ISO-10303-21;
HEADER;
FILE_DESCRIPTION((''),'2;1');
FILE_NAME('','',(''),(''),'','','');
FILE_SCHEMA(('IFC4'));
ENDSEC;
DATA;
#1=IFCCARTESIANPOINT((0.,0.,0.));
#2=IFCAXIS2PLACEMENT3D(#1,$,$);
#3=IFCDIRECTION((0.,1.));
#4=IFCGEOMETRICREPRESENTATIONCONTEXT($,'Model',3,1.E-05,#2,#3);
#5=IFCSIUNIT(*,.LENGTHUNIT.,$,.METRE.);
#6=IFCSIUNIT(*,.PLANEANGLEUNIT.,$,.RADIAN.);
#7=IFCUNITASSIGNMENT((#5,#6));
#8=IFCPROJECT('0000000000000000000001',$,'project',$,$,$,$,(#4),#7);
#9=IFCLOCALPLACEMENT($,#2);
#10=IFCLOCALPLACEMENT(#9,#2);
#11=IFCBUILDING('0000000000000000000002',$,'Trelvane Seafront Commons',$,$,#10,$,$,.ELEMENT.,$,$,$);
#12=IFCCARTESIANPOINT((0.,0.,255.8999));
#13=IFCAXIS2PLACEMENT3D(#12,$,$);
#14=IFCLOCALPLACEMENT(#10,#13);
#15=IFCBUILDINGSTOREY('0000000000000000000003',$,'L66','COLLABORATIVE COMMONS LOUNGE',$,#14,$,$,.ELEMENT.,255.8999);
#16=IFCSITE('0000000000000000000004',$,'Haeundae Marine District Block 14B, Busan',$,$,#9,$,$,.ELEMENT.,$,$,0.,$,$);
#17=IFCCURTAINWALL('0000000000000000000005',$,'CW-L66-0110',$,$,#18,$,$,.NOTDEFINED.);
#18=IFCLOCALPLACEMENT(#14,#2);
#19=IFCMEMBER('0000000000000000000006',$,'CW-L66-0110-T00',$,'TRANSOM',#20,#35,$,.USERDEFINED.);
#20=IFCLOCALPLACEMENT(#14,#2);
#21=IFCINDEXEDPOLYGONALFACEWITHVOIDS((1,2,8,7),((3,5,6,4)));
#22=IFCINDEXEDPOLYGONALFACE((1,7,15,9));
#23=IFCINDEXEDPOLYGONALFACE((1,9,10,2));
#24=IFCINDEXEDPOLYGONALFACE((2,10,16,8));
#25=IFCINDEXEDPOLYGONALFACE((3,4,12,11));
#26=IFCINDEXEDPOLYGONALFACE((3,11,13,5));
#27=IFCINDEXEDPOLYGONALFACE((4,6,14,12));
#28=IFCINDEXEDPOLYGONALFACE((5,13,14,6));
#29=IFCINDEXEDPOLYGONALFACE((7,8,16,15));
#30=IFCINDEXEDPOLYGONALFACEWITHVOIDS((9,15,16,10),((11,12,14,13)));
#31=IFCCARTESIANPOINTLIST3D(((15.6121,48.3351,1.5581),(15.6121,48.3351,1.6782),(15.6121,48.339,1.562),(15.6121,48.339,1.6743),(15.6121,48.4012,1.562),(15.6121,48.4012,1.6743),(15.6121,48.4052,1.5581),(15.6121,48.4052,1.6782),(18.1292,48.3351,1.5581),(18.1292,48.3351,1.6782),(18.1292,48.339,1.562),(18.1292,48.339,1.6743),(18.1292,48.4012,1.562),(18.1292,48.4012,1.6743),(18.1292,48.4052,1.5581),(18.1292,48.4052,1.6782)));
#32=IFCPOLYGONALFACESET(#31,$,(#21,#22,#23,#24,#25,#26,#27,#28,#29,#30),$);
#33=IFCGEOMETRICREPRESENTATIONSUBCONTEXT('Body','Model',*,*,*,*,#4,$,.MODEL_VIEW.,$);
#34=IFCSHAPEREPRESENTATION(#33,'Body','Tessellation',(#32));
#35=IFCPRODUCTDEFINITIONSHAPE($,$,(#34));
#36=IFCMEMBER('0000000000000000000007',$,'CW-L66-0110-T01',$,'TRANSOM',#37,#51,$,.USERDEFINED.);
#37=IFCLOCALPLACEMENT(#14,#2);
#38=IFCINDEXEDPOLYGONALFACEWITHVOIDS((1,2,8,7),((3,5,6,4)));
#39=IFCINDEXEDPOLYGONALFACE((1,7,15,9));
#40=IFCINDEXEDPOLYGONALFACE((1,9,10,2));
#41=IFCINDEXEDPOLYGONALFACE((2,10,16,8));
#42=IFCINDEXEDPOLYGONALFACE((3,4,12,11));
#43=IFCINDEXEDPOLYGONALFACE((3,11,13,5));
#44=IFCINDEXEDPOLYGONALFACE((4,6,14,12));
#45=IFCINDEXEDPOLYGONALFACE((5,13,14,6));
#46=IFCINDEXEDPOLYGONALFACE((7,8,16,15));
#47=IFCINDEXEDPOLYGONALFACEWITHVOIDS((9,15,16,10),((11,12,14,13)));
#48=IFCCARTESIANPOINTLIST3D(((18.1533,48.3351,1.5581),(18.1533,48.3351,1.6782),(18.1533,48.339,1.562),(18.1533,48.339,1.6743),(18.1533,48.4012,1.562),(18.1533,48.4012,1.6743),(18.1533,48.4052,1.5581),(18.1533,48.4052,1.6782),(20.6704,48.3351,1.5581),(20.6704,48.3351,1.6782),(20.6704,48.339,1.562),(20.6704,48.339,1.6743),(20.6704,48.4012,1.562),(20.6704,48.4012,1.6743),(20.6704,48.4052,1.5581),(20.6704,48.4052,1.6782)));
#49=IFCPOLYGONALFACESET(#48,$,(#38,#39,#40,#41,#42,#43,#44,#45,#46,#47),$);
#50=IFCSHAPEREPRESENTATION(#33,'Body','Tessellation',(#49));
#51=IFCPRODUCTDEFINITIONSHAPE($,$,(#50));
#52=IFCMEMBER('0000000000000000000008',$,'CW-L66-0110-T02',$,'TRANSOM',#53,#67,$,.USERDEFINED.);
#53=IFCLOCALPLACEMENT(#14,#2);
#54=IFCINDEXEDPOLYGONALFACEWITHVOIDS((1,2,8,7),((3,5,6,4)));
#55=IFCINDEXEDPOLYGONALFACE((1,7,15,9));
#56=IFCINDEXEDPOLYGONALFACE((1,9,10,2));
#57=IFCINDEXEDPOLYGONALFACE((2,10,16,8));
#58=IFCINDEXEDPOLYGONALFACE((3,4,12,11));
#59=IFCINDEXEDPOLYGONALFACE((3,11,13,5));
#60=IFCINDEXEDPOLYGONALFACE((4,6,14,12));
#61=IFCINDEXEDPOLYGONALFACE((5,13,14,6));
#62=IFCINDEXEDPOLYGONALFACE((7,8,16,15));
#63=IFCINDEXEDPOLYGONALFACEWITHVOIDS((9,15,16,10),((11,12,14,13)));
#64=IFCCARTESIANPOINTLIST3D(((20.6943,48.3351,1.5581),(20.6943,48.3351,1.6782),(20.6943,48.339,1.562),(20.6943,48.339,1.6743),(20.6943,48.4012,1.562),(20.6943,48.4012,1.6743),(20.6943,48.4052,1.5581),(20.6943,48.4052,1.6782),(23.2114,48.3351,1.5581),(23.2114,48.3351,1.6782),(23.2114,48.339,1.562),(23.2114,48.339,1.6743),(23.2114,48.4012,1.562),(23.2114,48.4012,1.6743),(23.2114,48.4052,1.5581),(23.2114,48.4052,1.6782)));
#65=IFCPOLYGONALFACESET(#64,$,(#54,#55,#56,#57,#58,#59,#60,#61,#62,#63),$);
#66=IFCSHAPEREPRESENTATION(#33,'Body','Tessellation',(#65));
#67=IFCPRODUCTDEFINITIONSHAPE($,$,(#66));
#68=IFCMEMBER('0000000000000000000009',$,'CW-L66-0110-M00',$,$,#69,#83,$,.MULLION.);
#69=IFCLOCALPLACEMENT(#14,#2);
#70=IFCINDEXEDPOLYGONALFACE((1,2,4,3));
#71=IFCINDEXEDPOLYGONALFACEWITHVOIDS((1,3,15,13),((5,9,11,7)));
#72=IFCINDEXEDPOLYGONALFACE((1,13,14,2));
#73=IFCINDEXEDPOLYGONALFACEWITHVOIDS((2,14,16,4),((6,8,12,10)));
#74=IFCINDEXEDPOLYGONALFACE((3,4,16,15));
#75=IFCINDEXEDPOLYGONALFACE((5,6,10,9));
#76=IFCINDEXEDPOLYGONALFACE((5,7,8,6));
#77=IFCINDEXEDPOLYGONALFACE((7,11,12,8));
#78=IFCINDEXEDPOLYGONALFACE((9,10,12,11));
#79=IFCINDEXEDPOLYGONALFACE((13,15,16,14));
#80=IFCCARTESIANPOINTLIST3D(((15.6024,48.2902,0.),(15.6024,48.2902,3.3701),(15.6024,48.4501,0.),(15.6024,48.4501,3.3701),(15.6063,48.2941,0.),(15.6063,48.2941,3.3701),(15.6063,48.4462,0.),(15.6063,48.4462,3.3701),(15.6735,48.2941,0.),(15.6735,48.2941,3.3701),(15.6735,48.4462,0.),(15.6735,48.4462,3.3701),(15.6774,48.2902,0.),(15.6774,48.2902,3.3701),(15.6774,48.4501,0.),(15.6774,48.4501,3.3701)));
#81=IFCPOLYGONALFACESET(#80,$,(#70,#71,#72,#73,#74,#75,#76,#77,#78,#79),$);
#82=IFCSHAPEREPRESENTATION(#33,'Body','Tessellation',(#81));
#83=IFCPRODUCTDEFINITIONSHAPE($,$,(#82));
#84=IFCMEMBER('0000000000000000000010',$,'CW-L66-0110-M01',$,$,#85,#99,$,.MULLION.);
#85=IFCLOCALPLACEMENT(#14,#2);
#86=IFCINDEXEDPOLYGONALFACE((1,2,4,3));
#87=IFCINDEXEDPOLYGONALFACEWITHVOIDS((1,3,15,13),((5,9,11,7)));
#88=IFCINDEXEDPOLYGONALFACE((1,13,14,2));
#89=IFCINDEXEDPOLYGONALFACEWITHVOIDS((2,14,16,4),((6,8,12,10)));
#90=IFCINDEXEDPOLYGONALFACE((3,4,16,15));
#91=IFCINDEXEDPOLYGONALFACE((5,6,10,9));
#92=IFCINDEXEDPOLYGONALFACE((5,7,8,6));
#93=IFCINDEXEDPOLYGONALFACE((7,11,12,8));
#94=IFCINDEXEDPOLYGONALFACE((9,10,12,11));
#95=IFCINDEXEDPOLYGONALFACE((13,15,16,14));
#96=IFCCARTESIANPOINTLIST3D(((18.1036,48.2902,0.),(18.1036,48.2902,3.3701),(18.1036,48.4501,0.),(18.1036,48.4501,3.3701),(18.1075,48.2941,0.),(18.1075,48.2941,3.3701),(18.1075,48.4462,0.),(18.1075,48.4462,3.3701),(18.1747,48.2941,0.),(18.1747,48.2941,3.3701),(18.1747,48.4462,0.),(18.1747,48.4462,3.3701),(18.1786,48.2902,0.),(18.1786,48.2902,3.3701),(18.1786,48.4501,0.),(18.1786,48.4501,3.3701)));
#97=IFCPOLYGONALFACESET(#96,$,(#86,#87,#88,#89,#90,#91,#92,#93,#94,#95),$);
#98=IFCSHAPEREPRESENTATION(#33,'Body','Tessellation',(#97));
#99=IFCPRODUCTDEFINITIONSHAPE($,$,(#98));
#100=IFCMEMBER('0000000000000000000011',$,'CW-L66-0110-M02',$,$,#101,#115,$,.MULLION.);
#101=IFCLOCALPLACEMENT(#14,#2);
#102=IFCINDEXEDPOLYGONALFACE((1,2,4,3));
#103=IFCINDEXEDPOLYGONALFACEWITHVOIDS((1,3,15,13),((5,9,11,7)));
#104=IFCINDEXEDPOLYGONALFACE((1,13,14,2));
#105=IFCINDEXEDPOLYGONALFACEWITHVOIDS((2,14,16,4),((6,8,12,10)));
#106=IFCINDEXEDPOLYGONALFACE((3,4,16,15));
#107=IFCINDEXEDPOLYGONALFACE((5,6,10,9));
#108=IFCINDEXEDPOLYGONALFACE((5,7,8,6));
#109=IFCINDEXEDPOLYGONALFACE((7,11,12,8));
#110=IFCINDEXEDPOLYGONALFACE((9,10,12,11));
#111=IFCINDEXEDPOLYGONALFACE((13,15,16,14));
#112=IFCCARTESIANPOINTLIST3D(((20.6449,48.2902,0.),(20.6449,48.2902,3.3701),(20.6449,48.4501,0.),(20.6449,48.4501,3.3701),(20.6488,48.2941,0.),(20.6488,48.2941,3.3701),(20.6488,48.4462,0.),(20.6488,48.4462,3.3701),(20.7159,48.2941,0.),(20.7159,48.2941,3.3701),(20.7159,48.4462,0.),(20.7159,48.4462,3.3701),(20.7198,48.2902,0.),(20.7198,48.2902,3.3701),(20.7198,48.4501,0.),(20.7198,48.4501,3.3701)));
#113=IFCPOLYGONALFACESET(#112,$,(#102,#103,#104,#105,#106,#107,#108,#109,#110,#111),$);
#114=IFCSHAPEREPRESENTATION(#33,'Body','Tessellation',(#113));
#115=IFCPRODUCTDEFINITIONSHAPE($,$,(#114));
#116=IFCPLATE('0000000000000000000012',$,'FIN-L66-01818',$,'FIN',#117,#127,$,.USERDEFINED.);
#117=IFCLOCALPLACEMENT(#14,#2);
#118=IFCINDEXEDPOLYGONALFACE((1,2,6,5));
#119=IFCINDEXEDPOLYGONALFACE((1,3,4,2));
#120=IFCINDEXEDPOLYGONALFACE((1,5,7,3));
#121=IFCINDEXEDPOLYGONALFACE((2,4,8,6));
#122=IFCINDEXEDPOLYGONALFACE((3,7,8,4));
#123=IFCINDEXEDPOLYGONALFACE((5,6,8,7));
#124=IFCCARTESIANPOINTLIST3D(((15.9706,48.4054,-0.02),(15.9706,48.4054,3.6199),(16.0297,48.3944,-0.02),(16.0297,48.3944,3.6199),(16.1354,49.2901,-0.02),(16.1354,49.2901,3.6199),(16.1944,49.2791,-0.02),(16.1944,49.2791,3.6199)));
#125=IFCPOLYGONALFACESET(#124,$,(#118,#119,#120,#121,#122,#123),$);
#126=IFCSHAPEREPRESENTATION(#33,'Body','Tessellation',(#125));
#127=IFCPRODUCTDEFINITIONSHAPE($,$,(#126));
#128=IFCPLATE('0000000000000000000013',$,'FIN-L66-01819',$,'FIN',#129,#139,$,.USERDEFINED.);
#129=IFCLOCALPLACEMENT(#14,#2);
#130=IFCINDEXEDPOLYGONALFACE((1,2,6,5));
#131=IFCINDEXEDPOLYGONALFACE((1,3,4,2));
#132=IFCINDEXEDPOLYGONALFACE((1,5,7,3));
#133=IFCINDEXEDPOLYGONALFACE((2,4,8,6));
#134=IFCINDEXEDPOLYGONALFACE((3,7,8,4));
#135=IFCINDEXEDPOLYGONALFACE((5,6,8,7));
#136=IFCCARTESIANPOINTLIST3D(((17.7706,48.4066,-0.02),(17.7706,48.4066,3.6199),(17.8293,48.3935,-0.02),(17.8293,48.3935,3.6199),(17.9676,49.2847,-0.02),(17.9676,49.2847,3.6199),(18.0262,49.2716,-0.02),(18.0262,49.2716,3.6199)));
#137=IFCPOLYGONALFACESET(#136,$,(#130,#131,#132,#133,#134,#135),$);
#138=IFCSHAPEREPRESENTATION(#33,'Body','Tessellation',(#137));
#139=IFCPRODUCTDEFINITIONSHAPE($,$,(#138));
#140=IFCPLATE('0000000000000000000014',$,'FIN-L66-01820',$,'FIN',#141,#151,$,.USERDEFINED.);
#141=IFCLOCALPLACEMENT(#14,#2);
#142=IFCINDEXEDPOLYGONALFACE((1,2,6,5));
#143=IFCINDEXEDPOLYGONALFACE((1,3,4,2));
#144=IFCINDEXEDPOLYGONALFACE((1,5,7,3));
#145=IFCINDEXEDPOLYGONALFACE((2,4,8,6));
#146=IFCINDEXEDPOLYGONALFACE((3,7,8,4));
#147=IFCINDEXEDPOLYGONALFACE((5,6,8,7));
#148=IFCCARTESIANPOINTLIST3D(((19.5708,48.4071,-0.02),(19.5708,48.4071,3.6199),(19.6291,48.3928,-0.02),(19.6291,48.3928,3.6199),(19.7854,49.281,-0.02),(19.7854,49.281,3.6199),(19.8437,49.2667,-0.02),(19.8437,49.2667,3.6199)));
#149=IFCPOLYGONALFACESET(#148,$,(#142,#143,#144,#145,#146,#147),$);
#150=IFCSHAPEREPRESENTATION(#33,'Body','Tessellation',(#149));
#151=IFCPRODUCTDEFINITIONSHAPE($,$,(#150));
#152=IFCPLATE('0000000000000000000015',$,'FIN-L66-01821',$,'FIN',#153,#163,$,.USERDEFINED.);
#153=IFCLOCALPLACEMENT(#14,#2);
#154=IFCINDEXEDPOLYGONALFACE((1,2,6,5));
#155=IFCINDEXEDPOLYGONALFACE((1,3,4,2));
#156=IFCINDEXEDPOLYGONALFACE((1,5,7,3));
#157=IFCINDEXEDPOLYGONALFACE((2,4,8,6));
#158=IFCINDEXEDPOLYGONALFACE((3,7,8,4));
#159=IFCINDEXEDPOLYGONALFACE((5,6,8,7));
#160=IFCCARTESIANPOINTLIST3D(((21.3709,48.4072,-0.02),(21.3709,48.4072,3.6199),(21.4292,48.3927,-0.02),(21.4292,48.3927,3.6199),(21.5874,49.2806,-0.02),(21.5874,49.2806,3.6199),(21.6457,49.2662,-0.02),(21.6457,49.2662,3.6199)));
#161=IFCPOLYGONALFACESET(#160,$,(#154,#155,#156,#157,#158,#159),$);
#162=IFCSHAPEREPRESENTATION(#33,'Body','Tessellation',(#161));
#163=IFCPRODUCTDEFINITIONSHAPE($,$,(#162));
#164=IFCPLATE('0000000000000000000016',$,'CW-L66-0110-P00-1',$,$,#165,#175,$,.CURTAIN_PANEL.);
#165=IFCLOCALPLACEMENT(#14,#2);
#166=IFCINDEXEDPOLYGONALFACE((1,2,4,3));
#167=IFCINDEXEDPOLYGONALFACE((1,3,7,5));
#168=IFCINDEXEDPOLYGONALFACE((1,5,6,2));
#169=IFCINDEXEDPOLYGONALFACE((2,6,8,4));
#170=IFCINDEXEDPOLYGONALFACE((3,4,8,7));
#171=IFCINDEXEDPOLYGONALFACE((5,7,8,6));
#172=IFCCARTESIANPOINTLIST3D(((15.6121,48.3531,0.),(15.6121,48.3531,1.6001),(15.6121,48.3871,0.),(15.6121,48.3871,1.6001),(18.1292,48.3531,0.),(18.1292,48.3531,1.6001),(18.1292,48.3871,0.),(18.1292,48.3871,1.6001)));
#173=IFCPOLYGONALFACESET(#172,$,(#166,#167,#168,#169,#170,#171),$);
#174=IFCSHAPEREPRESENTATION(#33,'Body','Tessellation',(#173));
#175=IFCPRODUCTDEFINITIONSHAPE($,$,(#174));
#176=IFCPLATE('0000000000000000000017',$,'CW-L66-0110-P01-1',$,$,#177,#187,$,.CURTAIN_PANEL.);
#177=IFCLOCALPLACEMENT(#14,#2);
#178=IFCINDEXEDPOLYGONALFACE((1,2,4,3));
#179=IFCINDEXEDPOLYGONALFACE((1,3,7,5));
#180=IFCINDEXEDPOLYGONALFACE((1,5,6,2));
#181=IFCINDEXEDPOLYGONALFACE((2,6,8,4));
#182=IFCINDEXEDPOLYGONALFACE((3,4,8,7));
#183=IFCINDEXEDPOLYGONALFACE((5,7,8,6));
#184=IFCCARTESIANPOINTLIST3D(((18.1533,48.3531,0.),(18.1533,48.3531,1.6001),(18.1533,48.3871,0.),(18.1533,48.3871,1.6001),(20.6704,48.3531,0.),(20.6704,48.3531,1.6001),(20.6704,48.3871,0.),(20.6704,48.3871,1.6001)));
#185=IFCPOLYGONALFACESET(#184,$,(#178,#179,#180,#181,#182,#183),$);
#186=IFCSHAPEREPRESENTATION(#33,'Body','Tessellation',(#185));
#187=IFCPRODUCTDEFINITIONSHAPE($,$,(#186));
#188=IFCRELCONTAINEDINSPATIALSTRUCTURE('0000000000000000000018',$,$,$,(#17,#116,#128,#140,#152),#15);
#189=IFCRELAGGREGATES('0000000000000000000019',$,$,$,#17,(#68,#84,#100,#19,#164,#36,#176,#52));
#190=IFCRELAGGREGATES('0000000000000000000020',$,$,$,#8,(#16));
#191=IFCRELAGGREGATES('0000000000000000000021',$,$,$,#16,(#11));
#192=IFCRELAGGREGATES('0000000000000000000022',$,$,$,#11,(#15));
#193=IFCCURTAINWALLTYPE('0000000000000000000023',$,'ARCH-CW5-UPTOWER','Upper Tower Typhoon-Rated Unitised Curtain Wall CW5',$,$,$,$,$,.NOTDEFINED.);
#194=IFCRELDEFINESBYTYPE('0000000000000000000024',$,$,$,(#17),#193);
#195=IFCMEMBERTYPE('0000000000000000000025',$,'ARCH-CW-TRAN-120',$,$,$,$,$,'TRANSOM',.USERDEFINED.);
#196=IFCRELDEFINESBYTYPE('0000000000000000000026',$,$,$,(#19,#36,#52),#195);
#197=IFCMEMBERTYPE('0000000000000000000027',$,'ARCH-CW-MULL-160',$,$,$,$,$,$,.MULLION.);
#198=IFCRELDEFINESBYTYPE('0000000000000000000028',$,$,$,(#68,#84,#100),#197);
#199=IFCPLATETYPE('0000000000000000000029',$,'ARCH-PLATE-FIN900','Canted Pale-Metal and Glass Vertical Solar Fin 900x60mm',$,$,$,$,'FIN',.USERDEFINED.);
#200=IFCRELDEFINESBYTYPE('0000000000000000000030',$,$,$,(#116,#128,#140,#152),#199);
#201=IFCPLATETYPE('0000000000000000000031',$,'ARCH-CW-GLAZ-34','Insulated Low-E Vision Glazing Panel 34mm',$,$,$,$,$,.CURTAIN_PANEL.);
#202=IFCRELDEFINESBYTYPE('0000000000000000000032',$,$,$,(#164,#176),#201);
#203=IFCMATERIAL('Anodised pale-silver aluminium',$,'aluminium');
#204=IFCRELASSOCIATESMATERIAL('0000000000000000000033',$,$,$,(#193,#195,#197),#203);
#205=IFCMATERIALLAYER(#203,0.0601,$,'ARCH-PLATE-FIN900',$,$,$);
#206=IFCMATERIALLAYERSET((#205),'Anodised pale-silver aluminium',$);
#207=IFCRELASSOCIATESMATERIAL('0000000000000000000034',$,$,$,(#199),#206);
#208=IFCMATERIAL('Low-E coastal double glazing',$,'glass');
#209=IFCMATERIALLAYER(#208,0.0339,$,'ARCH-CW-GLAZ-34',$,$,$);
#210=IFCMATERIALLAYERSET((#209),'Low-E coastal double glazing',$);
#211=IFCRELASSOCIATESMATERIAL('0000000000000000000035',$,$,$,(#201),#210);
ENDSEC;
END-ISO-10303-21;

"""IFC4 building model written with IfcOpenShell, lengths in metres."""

from ifc_helpers import new_model, si_unit, direction, frame, origin, origin_2d, place, context, subcontext, project, spatial, rectangle, hollow_rectangle, extrude, source, transform, mapped, material, layer, layer_set, material_profile, profile_set, type_object, element, aggregate, save


model = new_model("IFC4")

# Units and contexts
model_context = context("Model", 3, precision=1e-05, world=origin(), true_north=direction((0.0, 1.0)))
body_context = subcontext(model_context, "Body", "Model", "MODEL_VIEW")
ifc_project = project(units=[si_unit("LENGTHUNIT", "METRE"), si_unit("PLANEANGLEUNIT", "RADIAN")], contexts=[model_context])

# Site, building, storey
site_placement = place(None, origin())
site = spatial("IfcSite", under=ifc_project, at=site_placement, Name="Haeundae Marine District Block 14B, Busan", CompositionType="ELEMENT", RefElevation=0.0)
building_placement = place(site_placement, origin())
building = spatial("IfcBuilding", under=site, at=building_placement, Name="Trelvane Seafront Commons", CompositionType="ELEMENT")
storey_placement = place(building_placement, frame((0.0, 0.0, 255.8999)))
storey = spatial("IfcBuildingStorey", under=building, at=storey_placement, Name="L66", Description="COLLABORATIVE COMMONS LOUNGE", CompositionType="ELEMENT", Elevation=255.8999)

# Curtain wall, members
ifc_material_1 = material(Name="Anodised pale-silver aluminium", Category="aluminium")
curtain_wall_type = type_object("IfcCurtainWallType", Name="ARCH-CW5-UPTOWER", Description="Upper Tower Typhoon-Rated Unitised Curtain Wall CW5", PredefinedType="NOTDEFINED", material=ifc_material_1)
curtain_wall_placement = place(storey_placement, origin())
curtain_wall = element("IfcCurtainWall", 1, at=curtain_wall_placement, inside=storey, type_object=curtain_wall_type, Name="CW-L66-0110", PredefinedType="NOTDEFINED")
ifc_material_profile_1 = material_profile(ifc_material_1, hollow_rectangle(XDim=0.0701, YDim=0.1201, WallThickness=0.0039, at=origin_2d()), Name="TRAN-70x120x4")
ifc_profile_set_1 = profile_set([ifc_material_profile_1], Name="Anodised pale-silver aluminium")
member_type_1 = type_object("IfcMemberType", Name="ARCH-CW-TRAN-120", ElementType="TRANSOM", PredefinedType="USERDEFINED", material=ifc_profile_set_1)
shared_shape_1 = source(origin(), body_context, "Body", "SweptSolid", [
    extrude(hollow_rectangle(XDim=0.0701, YDim=0.1201, WallThickness=0.0039, at=origin_2d()), origin(), (0.0, 0.0, 1.0), 2.5171),
])
member_1_placement = place(storey_placement, frame((15.6121, 48.3701, 1.6182), z_axis=(1.0, 0.0, 0.0), x_axis=(0.0, 1.0, 0.0)))
member_1 = element("IfcMember", 2, at=member_1_placement, type_object=member_type_1, Name="CW-L66-0110-T00", ObjectType="TRANSOM", PredefinedType="USERDEFINED", context=body_context, shape_type="MappedRepresentation", body=[
    mapped(shared_shape_1, transform((0.0, 0.0, 0.0), x_axis=(1.0, 0.0, 0.0), y_axis=(0.0, 1.0, 0.0), z_axis=(0.0, 0.0, 1.0), scale=1.0)),
])
member_2_placement = place(storey_placement, frame((18.1533, 48.3701, 1.6182), z_axis=(1.0, 0.0, 0.0), x_axis=(0.0, 1.0, 0.0)))
member_2 = element("IfcMember", 3, at=member_2_placement, type_object=member_type_1, Name="CW-L66-0110-T01", ObjectType="TRANSOM", PredefinedType="USERDEFINED", context=body_context, shape_type="MappedRepresentation", body=[
    mapped(shared_shape_1, transform((0.0, 0.0, 0.0), x_axis=(1.0, 0.0, 0.0), y_axis=(0.0, 1.0, 0.0), z_axis=(0.0, 0.0, 1.0), scale=1.0)),
])
member_3_placement = place(storey_placement, frame((20.6943, 48.3701, 1.6182), z_axis=(1.0, 0.0, 0.0), x_axis=(0.0, 1.0, 0.0)))
member_3 = element("IfcMember", 4, at=member_3_placement, type_object=member_type_1, Name="CW-L66-0110-T02", ObjectType="TRANSOM", PredefinedType="USERDEFINED", context=body_context, shape_type="MappedRepresentation", body=[
    mapped(shared_shape_1, transform((0.0, 0.0, 0.0), x_axis=(1.0, 0.0, 0.0), y_axis=(0.0, 1.0, 0.0), z_axis=(0.0, 0.0, 1.0), scale=1.0)),
])
ifc_material_profile_2 = material_profile(ifc_material_1, hollow_rectangle(XDim=0.075, YDim=0.1599, WallThickness=0.0039, at=origin_2d()), Name="MULL-75x160x4")
ifc_profile_set_2 = profile_set([ifc_material_profile_2], Name="Anodised pale-silver aluminium")
member_type_2 = type_object("IfcMemberType", Name="ARCH-CW-MULL-160", PredefinedType="MULLION", material=ifc_profile_set_2)
shared_shape_2 = source(origin(), body_context, "Body", "SweptSolid", [
    extrude(hollow_rectangle(XDim=0.075, YDim=0.1599, WallThickness=0.0039, at=origin_2d()), origin(), (0.0, 0.0, 1.0), 3.3701),
])
member_4_placement = place(storey_placement, frame((15.6399, 48.3701, 0.0), z_axis=(0.0, 0.0, 1.0), x_axis=(1.0, 0.0, 0.0)))
member_4 = element("IfcMember", 5, at=member_4_placement, type_object=member_type_2, Name="CW-L66-0110-M00", PredefinedType="MULLION", context=body_context, shape_type="MappedRepresentation", body=[
    mapped(shared_shape_2, transform((0.0, 0.0, 0.0), x_axis=(1.0, 0.0, 0.0), y_axis=(0.0, 1.0, 0.0), z_axis=(0.0, 0.0, 1.0), scale=1.0)),
])
member_5_placement = place(storey_placement, frame((18.1411, 48.3701, 0.0), z_axis=(0.0, 0.0, 1.0), x_axis=(1.0, 0.0, 0.0)))
member_5 = element("IfcMember", 6, at=member_5_placement, type_object=member_type_2, Name="CW-L66-0110-M01", PredefinedType="MULLION", context=body_context, shape_type="MappedRepresentation", body=[
    mapped(shared_shape_2, transform((0.0, 0.0, 0.0), x_axis=(1.0, 0.0, 0.0), y_axis=(0.0, 1.0, 0.0), z_axis=(0.0, 0.0, 1.0), scale=1.0)),
])
member_6_placement = place(storey_placement, frame((20.6824, 48.3701, 0.0), z_axis=(0.0, 0.0, 1.0), x_axis=(1.0, 0.0, 0.0)))
member_6 = element("IfcMember", 7, at=member_6_placement, type_object=member_type_2, Name="CW-L66-0110-M02", PredefinedType="MULLION", context=body_context, shape_type="MappedRepresentation", body=[
    mapped(shared_shape_2, transform((0.0, 0.0, 0.0), x_axis=(1.0, 0.0, 0.0), y_axis=(0.0, 1.0, 0.0), z_axis=(0.0, 0.0, 1.0), scale=1.0)),
])

# Plates
ifc_layer_1 = layer(ifc_material_1, 0.0601, Name="ARCH-PLATE-FIN900")
ifc_layer_set_1 = layer_set([ifc_layer_1], Name="Anodised pale-silver aluminium")
plate_type_1 = type_object("IfcPlateType", Name="ARCH-PLATE-FIN900", Description="Canted Pale-Metal and Glass Vertical Solar Fin 900x60mm", ElementType="FIN", PredefinedType="USERDEFINED", material=ifc_layer_set_1)
shared_shape_3 = source(origin(), body_context, "Body", "SweptSolid", [
    extrude(rectangle(XDim=0.8999, YDim=0.0601, at=origin_2d()), origin(), (0.0, 0.0, 1.0), 3.6399),
])
for number, where, z_axis, x_axis, name in (
    (8, (16.0825, 48.8423, -0.02), (0.0, 0.0, 1.0), (0.183107, 0.983093, 0.0), "FIN-L66-01818"),
    (9, (17.8984, 48.8391, -0.02), (0.0, 0.0, 1.0), (0.218882, 0.975751, 0.0), "FIN-L66-01819"),
    (10, (19.7073, 48.8369, -0.02), (0.0, 0.0, 1.0), (0.238455, 0.971153, 0.0), "FIN-L66-01820"),
    (11, (21.5083, 48.8367, -0.02), (0.0, 0.0, 1.0), (0.240679, 0.970605, 0.0), "FIN-L66-01821"),
):
    element("IfcPlate", number, at=place(storey_placement, frame(where, z_axis=z_axis, x_axis=x_axis)), inside=storey, type_object=plate_type_1, Name=name, ObjectType="FIN", PredefinedType="USERDEFINED", context=body_context, shape_type="MappedRepresentation", body=[
        mapped(shared_shape_3, transform((0.0, 0.0, 0.0), x_axis=(1.0, 0.0, 0.0), y_axis=(0.0, 1.0, 0.0), z_axis=(0.0, 0.0, 1.0), scale=1.0)),
    ])

# Plates
ifc_material_2 = material(Name="Low-E coastal double glazing", Category="glass")
ifc_layer_2 = layer(ifc_material_2, 0.0339, Name="ARCH-CW-GLAZ-34")
ifc_layer_set_2 = layer_set([ifc_layer_2], Name="Low-E coastal double glazing")
plate_type_2 = type_object("IfcPlateType", Name="ARCH-CW-GLAZ-34", Description="Insulated Low-E Vision Glazing Panel 34mm", PredefinedType="CURTAIN_PANEL", material=ifc_layer_set_2)
shared_shape_4 = source(origin(), body_context, "Body", "SweptSolid", [
    extrude(rectangle(XDim=2.5171, YDim=0.0339, at=origin_2d()), origin(), (0.0, 0.0, 1.0), 1.6001),
])
plate_1_placement = place(storey_placement, frame((16.8706, 48.3701, 0.0), z_axis=(0.0, 0.0, 1.0), x_axis=(1.0, 0.0, 0.0)))
plate_1 = element("IfcPlate", 12, at=plate_1_placement, type_object=plate_type_2, Name="CW-L66-0110-P00-1", PredefinedType="CURTAIN_PANEL", context=body_context, shape_type="MappedRepresentation", body=[
    mapped(shared_shape_4, transform((0.0, 0.0, 0.0), x_axis=(1.0, 0.0, 0.0), y_axis=(0.0, 1.0, 0.0), z_axis=(0.0, 0.0, 1.0), scale=1.0)),
])
plate_2_placement = place(storey_placement, frame((19.4119, 48.3701, 0.0), z_axis=(0.0, 0.0, 1.0), x_axis=(1.0, 0.0, 0.0)))
plate_2 = element("IfcPlate", 13, at=plate_2_placement, type_object=plate_type_2, Name="CW-L66-0110-P01-1", PredefinedType="CURTAIN_PANEL", context=body_context, shape_type="MappedRepresentation", body=[
    mapped(shared_shape_4, transform((0.0, 0.0, 0.0), x_axis=(1.0, 0.0, 0.0), y_axis=(0.0, 1.0, 0.0), z_axis=(0.0, 0.0, 1.0), scale=1.0)),
])
aggregate(curtain_wall, [member_4, member_5, member_6, member_1, plate_1, member_2, plate_2, member_3])

save(model, "model.ifc")
